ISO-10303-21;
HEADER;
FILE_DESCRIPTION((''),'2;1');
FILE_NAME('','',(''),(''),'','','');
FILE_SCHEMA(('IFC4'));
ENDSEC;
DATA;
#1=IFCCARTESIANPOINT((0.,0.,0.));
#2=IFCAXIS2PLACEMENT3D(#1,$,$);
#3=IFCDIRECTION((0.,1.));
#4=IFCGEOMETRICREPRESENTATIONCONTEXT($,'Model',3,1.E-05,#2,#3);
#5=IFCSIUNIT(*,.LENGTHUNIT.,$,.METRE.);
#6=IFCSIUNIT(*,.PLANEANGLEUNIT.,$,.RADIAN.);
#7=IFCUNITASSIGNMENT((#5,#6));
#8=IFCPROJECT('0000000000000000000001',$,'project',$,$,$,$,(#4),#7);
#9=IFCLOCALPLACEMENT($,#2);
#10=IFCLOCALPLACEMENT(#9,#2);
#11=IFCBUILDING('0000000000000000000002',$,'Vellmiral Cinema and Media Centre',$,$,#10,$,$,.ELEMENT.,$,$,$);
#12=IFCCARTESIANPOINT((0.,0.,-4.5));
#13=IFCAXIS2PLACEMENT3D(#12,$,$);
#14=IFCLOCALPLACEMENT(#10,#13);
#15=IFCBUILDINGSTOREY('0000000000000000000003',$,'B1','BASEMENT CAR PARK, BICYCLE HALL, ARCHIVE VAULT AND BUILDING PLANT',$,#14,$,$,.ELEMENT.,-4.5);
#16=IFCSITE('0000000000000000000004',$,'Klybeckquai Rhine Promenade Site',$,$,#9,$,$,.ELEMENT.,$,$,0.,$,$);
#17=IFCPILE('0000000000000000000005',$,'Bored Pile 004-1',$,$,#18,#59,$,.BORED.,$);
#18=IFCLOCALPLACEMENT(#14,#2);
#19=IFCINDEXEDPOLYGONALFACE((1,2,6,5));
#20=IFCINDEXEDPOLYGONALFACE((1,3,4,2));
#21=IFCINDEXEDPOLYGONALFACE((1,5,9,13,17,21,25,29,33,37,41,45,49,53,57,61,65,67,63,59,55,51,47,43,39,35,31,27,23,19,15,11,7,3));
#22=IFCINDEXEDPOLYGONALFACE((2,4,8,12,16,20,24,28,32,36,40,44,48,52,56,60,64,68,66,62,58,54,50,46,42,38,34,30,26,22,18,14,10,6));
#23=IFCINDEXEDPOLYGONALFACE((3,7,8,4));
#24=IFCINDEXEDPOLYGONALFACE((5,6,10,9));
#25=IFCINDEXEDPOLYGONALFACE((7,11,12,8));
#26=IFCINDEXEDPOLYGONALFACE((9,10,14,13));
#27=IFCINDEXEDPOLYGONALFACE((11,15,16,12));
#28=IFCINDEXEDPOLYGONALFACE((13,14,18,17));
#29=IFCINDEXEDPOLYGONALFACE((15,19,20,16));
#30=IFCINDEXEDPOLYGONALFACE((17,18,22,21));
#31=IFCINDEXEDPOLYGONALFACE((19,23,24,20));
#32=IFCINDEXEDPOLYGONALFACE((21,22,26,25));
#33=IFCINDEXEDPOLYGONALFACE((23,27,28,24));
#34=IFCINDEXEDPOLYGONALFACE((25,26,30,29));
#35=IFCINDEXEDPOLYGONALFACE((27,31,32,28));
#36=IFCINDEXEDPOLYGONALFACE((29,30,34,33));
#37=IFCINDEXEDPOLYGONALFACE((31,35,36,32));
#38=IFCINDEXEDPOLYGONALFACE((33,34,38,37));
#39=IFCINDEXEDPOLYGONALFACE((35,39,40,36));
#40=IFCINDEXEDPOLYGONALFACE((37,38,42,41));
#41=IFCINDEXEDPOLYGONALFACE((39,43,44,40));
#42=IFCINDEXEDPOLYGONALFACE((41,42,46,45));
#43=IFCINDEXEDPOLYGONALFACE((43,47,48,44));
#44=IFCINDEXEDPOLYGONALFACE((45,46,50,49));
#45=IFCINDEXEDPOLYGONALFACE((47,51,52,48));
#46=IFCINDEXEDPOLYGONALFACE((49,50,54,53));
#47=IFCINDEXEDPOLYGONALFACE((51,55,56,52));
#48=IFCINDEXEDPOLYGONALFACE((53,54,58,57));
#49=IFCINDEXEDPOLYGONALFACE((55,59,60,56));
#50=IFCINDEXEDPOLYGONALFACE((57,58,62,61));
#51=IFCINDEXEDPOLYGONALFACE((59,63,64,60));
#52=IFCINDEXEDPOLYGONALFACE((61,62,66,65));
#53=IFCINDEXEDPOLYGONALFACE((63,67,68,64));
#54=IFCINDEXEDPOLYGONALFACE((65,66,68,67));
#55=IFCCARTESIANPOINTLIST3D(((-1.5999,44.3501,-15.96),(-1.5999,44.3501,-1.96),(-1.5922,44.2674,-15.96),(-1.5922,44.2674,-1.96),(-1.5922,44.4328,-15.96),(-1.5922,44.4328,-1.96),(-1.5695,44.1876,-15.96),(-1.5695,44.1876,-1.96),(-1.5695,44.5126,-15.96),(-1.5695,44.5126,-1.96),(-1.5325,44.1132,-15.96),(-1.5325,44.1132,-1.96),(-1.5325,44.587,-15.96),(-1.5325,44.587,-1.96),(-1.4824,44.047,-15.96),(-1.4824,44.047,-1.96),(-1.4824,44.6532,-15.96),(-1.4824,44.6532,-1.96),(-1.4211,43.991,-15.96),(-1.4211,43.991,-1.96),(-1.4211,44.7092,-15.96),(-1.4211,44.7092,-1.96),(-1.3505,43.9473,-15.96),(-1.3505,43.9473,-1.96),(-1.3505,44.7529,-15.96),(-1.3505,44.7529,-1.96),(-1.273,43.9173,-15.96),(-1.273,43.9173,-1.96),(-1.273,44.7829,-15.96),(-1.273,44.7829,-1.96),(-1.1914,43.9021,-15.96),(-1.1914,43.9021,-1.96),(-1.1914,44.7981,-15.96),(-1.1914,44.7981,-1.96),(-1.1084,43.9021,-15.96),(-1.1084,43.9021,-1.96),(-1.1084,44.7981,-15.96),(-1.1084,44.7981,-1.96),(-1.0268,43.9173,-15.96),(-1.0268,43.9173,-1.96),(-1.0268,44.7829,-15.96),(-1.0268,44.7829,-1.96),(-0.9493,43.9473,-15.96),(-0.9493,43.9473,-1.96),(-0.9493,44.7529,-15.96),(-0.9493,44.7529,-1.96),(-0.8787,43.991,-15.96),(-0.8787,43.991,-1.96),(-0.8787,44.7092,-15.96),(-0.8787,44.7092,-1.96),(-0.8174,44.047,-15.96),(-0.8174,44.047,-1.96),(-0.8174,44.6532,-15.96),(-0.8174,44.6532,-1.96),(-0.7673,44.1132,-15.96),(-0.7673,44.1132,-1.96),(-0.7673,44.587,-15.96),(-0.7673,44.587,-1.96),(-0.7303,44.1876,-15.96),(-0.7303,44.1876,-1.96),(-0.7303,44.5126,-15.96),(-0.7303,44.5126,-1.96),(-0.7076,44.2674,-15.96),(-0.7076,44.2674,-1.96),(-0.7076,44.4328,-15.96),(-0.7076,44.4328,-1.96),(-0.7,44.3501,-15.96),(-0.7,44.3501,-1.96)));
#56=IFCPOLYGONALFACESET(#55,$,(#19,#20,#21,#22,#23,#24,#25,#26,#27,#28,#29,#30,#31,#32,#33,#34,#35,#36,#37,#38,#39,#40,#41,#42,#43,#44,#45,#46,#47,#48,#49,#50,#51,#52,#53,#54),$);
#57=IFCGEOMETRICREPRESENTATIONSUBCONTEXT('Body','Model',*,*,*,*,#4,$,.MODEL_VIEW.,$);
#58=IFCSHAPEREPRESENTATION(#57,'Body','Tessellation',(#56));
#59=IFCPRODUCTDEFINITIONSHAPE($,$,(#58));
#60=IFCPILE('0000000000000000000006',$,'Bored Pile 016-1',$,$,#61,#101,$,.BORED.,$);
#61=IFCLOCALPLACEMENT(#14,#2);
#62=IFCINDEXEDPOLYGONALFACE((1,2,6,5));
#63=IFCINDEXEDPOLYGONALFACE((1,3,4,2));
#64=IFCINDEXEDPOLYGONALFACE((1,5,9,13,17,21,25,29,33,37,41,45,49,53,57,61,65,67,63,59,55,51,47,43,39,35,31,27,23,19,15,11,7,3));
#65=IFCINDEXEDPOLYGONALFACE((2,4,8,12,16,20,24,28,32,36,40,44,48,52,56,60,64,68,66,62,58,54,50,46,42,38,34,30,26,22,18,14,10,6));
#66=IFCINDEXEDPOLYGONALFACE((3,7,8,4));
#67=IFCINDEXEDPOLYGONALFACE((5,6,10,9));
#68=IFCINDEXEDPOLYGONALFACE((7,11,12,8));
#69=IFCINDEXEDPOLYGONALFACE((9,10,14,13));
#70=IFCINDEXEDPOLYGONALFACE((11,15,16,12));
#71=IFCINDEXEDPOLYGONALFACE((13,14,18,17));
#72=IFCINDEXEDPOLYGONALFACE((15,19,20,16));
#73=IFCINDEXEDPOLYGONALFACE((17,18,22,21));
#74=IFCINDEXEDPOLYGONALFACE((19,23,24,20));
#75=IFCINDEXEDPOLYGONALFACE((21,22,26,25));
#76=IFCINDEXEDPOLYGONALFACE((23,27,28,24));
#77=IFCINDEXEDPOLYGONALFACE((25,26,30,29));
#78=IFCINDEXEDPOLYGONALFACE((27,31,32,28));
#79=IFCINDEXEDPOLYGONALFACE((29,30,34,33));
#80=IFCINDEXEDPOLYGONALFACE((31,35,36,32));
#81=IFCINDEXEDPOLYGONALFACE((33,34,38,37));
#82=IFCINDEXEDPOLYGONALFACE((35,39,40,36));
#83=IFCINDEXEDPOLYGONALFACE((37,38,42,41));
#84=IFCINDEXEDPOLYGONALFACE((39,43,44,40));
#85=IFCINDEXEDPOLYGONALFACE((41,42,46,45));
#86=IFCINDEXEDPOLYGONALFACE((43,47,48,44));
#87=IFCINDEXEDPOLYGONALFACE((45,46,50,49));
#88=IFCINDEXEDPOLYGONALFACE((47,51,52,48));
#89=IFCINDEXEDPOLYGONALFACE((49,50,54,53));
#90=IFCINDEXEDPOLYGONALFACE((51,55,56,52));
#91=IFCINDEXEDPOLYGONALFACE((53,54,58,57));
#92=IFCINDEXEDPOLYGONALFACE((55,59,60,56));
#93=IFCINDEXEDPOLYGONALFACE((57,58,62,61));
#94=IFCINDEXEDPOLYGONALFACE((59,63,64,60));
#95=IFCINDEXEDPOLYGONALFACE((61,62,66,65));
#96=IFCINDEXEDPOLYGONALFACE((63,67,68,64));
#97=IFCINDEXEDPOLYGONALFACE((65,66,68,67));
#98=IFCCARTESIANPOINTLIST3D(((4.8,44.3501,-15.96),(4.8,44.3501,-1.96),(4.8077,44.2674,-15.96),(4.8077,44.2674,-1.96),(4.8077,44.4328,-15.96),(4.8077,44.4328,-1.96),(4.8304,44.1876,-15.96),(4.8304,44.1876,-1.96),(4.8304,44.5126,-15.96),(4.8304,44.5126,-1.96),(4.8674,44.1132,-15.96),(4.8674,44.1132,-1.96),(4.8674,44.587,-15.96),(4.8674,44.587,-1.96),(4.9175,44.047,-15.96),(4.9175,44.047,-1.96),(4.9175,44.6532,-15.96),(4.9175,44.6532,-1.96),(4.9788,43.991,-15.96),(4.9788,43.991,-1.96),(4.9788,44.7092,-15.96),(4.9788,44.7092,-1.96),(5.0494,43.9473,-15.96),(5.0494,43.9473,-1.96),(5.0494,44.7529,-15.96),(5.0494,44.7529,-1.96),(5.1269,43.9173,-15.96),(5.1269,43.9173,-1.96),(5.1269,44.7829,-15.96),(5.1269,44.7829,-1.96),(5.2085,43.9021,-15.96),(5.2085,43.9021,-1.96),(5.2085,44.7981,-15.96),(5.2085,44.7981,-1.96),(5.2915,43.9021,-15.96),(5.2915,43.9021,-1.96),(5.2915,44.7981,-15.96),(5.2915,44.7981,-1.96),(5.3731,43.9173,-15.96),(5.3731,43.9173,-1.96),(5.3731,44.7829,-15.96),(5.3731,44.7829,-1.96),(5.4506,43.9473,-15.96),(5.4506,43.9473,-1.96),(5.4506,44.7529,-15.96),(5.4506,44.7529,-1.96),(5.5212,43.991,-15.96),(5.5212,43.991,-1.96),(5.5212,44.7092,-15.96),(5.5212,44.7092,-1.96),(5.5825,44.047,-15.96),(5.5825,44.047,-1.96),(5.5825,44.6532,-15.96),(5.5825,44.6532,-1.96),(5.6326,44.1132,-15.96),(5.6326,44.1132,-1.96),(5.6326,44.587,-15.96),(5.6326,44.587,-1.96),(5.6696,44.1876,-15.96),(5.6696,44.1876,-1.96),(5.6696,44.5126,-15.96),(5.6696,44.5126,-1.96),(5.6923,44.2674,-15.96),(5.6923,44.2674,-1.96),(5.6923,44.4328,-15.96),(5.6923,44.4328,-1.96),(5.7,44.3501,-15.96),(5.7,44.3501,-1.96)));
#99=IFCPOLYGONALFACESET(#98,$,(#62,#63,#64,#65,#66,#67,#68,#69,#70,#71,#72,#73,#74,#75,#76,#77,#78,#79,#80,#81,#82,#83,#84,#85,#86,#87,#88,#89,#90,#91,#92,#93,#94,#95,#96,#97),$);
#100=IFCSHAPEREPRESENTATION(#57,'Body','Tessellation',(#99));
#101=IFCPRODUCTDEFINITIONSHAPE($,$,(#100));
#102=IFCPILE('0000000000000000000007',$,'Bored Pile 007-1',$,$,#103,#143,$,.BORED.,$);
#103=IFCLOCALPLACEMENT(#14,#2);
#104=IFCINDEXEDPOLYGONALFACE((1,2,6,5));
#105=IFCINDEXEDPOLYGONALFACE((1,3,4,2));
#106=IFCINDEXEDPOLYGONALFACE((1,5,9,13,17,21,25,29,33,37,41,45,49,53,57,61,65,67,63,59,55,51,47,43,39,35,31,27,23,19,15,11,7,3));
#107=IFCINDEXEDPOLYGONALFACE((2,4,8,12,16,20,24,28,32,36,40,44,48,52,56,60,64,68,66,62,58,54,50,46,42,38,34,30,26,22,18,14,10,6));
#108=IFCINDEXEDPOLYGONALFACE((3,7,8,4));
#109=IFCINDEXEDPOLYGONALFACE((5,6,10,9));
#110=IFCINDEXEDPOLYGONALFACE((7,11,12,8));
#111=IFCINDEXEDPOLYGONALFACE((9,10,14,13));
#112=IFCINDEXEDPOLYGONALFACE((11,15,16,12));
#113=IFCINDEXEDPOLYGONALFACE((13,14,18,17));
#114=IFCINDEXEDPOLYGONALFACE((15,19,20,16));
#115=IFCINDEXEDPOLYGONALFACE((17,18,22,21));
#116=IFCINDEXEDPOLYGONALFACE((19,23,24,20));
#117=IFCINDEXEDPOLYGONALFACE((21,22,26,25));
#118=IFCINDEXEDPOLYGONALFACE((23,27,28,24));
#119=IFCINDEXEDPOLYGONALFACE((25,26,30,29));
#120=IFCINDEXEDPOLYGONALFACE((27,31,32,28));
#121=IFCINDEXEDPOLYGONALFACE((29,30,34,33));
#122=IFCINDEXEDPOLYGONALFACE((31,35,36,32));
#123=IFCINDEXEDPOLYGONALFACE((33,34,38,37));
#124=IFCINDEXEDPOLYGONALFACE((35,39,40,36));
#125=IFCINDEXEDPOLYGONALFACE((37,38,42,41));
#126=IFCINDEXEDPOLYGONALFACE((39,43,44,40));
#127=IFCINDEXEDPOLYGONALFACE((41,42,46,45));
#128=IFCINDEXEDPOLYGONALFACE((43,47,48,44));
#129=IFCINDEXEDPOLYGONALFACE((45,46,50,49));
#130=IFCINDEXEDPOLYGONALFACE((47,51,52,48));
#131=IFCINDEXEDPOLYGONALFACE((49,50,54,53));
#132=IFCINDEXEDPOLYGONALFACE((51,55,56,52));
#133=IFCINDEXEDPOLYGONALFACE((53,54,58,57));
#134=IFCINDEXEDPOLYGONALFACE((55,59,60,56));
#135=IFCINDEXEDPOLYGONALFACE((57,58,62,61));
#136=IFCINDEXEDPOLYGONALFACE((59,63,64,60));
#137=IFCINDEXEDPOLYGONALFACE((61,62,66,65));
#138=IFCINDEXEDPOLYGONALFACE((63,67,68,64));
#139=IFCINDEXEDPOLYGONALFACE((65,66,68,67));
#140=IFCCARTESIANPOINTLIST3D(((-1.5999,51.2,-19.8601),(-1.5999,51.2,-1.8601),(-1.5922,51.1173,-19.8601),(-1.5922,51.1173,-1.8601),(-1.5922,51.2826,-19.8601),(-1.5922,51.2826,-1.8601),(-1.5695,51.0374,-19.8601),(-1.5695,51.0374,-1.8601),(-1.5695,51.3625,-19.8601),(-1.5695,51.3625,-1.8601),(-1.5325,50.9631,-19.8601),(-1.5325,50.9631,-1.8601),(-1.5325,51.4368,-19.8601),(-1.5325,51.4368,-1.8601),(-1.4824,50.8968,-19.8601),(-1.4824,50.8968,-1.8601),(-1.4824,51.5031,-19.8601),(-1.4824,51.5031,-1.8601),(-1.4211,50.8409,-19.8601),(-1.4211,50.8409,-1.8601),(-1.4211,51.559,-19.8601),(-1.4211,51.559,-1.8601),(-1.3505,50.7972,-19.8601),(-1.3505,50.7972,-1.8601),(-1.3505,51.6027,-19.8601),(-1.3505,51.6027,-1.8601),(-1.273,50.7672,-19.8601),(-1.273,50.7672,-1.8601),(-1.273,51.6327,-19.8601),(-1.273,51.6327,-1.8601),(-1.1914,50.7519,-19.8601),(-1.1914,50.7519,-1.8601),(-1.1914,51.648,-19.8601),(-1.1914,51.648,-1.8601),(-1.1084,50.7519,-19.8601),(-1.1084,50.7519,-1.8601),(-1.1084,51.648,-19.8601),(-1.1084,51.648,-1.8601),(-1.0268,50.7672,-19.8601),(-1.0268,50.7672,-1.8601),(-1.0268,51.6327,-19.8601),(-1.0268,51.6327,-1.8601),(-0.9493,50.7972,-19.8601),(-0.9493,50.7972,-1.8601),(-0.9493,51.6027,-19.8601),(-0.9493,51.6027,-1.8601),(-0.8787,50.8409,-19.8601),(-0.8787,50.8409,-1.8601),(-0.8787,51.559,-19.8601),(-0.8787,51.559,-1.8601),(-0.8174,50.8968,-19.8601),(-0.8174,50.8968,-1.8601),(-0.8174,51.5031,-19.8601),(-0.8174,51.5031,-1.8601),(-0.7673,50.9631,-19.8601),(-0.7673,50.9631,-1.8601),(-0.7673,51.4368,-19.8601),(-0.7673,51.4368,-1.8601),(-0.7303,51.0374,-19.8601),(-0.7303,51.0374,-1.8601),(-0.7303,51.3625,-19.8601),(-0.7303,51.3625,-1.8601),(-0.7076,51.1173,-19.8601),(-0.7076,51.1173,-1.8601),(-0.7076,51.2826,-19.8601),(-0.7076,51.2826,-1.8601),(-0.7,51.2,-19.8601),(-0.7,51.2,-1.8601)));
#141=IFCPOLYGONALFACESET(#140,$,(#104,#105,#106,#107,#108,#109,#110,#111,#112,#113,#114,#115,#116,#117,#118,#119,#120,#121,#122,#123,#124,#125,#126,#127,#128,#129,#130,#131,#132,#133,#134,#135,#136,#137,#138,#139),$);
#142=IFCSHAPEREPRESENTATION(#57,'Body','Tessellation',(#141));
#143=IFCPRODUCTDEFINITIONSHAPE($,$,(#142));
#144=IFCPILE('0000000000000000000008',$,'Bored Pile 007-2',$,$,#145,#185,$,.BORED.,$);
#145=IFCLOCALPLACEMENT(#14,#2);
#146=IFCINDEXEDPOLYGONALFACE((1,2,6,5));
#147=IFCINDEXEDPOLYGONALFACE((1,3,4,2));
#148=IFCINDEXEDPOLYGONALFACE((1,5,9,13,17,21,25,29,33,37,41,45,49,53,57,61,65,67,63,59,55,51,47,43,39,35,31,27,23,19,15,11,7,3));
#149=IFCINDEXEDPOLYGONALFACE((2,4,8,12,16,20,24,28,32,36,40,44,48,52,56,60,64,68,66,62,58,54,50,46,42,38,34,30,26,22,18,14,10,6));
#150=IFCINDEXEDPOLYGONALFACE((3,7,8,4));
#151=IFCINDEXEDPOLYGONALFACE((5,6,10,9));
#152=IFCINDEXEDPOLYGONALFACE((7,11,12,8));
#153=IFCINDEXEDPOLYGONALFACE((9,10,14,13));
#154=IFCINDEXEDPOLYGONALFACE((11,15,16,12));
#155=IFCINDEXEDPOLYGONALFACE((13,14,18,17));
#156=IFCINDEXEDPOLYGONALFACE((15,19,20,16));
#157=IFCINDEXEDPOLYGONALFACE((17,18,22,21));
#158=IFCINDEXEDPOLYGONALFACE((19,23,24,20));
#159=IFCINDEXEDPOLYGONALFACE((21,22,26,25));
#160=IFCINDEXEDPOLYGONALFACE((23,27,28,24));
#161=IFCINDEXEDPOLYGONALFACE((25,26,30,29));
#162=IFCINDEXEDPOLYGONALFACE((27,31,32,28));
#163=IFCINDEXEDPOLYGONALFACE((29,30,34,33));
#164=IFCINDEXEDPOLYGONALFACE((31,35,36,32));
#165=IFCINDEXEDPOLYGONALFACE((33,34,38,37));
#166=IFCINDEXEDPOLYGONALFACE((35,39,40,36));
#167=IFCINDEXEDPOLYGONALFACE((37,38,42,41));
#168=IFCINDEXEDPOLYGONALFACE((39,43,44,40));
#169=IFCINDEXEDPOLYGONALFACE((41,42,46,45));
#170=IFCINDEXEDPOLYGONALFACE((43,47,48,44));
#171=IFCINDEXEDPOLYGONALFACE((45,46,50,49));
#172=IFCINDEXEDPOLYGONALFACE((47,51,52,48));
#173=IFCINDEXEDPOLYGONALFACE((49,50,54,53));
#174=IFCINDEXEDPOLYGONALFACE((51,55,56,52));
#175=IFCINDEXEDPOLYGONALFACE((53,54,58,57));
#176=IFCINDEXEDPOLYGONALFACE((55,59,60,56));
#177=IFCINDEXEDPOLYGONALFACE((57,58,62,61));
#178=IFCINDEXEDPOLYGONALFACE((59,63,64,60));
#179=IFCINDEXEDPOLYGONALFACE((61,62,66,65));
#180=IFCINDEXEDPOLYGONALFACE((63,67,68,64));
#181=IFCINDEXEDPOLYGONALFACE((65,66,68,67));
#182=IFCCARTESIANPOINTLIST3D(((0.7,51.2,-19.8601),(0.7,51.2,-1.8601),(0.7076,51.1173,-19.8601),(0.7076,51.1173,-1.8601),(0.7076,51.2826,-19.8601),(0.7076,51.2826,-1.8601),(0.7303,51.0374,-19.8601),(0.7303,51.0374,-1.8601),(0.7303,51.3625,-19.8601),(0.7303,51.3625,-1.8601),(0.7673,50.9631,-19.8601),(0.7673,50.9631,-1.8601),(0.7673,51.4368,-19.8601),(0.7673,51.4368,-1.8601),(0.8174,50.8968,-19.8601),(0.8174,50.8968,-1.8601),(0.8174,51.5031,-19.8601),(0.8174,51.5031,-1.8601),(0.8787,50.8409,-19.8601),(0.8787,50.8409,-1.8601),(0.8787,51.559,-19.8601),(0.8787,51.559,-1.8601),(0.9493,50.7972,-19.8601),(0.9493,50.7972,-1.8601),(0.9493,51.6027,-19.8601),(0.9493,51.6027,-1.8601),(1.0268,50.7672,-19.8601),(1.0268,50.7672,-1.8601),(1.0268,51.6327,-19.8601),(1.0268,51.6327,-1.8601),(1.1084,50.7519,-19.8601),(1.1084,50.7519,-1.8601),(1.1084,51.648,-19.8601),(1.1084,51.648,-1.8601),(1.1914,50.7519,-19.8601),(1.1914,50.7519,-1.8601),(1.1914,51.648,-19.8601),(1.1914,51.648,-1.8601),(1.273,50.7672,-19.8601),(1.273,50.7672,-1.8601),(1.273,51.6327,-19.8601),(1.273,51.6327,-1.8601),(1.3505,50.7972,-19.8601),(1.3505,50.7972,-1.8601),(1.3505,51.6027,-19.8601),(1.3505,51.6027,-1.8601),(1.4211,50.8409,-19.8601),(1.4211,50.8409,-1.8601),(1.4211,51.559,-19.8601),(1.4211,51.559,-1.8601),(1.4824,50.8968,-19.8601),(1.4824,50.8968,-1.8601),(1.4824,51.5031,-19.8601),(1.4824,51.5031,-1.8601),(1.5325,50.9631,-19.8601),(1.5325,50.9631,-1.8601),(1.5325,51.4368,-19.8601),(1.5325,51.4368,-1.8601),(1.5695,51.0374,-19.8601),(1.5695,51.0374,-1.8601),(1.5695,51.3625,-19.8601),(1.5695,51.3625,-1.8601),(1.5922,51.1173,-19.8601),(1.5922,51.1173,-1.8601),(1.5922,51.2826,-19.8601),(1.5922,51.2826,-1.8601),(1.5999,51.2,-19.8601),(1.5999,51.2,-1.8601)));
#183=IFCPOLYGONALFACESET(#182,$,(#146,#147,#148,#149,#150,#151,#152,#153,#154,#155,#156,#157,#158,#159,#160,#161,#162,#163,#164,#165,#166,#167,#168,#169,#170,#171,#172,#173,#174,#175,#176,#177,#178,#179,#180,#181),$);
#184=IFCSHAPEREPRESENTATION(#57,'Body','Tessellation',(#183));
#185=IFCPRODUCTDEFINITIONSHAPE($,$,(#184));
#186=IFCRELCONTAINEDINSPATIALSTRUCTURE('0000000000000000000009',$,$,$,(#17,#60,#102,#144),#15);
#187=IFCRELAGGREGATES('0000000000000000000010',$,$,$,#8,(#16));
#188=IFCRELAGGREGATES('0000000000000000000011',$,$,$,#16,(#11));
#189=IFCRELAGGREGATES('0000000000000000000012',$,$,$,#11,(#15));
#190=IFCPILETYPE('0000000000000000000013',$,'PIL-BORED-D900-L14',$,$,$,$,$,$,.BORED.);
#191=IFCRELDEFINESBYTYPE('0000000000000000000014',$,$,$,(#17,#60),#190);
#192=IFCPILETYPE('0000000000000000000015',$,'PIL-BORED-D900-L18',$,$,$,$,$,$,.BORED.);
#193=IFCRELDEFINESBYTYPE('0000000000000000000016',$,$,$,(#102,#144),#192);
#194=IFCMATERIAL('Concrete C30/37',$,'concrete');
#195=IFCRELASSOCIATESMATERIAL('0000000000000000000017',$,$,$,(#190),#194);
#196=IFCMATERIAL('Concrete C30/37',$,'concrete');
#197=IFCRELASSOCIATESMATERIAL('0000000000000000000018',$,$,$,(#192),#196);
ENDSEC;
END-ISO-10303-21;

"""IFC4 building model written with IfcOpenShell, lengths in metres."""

from ifc_helpers import new_model, si_unit, direction, frame, origin, origin_2d, place, context, subcontext, project, spatial, circle, extrude, material, material_profile, profile_set, type_object, element, save


model = new_model("IFC4")

# Units and contexts
model_context = context("Model", 3, precision=1e-05, world=origin(), true_north=direction((0.0, 1.0)))
body_context = subcontext(model_context, "Body", "Model", "MODEL_VIEW")
ifc_project = project(units=[si_unit("LENGTHUNIT", "METRE"), si_unit("PLANEANGLEUNIT", "RADIAN")], contexts=[model_context])

# Site, building, storey
site_placement = place(None, origin())
site = spatial("IfcSite", under=ifc_project, at=site_placement, Name="Klybeckquai Rhine Promenade Site", CompositionType="ELEMENT", RefElevation=0.0)
building_placement = place(site_placement, origin())
building = spatial("IfcBuilding", under=site, at=building_placement, Name="Vellmiral Cinema and Media Centre", CompositionType="ELEMENT")
storey_placement = place(building_placement, frame((0.0, 0.0, -4.5)))
storey = spatial("IfcBuildingStorey", under=building, at=storey_placement, Name="B1", Description="BASEMENT CAR PARK, BICYCLE HALL, ARCHIVE VAULT AND BUILDING PLANT", CompositionType="ELEMENT", Elevation=-4.5)

# Piles
ifc_material_1 = material(Name="Concrete C30/37", Category="concrete")
ifc_material_profile_1 = material_profile(ifc_material_1, circle(Radius=0.45, at=origin_2d()), Name="PILE D900")
ifc_profile_set_1 = profile_set([ifc_material_profile_1], Name="Concrete C30/37")
pile_type_1 = type_object("IfcPileType", Name="PIL-BORED-D900-L14", PredefinedType="BORED", material=ifc_profile_set_1)
for number, where, z_axis, x_axis, name in (
    (1, (-1.1499, 44.3501, -1.96), (0.0, 0.0, -1.0), (1.0, 0.0, 0.0), "Bored Pile 004-1"),
    (2, (5.25, 44.3501, -1.96), (0.0, 0.0, -1.0), (1.0, 0.0, 0.0), "Bored Pile 016-1"),
):
    element("IfcPile", number, at=place(storey_placement, frame(where, z_axis=z_axis, x_axis=x_axis)), inside=storey, type_object=pile_type_1, Name=name, PredefinedType="BORED", context=body_context, shape_type="SweptSolid", body=[
        extrude(circle(Radius=0.45, at=origin_2d()), origin(), (0.0, 0.0, 1.0), 14.0),
    ])
ifc_material_2 = material(Name="Concrete C30/37", Category="concrete")
ifc_material_profile_2 = material_profile(ifc_material_2, circle(Radius=0.45, at=origin_2d()), Name="PILE D900")
ifc_profile_set_2 = profile_set([ifc_material_profile_2], Name="Concrete C30/37")
pile_type_2 = type_object("IfcPileType", Name="PIL-BORED-D900-L18", PredefinedType="BORED", material=ifc_profile_set_2)
for number, where, z_axis, x_axis, name in (
    (3, (-1.1499, 51.2, -1.8601), (0.0, 0.0, -1.0), (1.0, 0.0, 0.0), "Bored Pile 007-1"),
    (4, (1.1499, 51.2, -1.8601), (0.0, 0.0, -1.0), (1.0, 0.0, 0.0), "Bored Pile 007-2"),
):
    element("IfcPile", number, at=place(storey_placement, frame(where, z_axis=z_axis, x_axis=x_axis)), inside=storey, type_object=pile_type_2, Name=name, PredefinedType="BORED", context=body_context, shape_type="SweptSolid", body=[
        extrude(circle(Radius=0.45, at=origin_2d()), origin(), (0.0, 0.0, 1.0), 18.0),
    ])

save(model, "model.ifc")
